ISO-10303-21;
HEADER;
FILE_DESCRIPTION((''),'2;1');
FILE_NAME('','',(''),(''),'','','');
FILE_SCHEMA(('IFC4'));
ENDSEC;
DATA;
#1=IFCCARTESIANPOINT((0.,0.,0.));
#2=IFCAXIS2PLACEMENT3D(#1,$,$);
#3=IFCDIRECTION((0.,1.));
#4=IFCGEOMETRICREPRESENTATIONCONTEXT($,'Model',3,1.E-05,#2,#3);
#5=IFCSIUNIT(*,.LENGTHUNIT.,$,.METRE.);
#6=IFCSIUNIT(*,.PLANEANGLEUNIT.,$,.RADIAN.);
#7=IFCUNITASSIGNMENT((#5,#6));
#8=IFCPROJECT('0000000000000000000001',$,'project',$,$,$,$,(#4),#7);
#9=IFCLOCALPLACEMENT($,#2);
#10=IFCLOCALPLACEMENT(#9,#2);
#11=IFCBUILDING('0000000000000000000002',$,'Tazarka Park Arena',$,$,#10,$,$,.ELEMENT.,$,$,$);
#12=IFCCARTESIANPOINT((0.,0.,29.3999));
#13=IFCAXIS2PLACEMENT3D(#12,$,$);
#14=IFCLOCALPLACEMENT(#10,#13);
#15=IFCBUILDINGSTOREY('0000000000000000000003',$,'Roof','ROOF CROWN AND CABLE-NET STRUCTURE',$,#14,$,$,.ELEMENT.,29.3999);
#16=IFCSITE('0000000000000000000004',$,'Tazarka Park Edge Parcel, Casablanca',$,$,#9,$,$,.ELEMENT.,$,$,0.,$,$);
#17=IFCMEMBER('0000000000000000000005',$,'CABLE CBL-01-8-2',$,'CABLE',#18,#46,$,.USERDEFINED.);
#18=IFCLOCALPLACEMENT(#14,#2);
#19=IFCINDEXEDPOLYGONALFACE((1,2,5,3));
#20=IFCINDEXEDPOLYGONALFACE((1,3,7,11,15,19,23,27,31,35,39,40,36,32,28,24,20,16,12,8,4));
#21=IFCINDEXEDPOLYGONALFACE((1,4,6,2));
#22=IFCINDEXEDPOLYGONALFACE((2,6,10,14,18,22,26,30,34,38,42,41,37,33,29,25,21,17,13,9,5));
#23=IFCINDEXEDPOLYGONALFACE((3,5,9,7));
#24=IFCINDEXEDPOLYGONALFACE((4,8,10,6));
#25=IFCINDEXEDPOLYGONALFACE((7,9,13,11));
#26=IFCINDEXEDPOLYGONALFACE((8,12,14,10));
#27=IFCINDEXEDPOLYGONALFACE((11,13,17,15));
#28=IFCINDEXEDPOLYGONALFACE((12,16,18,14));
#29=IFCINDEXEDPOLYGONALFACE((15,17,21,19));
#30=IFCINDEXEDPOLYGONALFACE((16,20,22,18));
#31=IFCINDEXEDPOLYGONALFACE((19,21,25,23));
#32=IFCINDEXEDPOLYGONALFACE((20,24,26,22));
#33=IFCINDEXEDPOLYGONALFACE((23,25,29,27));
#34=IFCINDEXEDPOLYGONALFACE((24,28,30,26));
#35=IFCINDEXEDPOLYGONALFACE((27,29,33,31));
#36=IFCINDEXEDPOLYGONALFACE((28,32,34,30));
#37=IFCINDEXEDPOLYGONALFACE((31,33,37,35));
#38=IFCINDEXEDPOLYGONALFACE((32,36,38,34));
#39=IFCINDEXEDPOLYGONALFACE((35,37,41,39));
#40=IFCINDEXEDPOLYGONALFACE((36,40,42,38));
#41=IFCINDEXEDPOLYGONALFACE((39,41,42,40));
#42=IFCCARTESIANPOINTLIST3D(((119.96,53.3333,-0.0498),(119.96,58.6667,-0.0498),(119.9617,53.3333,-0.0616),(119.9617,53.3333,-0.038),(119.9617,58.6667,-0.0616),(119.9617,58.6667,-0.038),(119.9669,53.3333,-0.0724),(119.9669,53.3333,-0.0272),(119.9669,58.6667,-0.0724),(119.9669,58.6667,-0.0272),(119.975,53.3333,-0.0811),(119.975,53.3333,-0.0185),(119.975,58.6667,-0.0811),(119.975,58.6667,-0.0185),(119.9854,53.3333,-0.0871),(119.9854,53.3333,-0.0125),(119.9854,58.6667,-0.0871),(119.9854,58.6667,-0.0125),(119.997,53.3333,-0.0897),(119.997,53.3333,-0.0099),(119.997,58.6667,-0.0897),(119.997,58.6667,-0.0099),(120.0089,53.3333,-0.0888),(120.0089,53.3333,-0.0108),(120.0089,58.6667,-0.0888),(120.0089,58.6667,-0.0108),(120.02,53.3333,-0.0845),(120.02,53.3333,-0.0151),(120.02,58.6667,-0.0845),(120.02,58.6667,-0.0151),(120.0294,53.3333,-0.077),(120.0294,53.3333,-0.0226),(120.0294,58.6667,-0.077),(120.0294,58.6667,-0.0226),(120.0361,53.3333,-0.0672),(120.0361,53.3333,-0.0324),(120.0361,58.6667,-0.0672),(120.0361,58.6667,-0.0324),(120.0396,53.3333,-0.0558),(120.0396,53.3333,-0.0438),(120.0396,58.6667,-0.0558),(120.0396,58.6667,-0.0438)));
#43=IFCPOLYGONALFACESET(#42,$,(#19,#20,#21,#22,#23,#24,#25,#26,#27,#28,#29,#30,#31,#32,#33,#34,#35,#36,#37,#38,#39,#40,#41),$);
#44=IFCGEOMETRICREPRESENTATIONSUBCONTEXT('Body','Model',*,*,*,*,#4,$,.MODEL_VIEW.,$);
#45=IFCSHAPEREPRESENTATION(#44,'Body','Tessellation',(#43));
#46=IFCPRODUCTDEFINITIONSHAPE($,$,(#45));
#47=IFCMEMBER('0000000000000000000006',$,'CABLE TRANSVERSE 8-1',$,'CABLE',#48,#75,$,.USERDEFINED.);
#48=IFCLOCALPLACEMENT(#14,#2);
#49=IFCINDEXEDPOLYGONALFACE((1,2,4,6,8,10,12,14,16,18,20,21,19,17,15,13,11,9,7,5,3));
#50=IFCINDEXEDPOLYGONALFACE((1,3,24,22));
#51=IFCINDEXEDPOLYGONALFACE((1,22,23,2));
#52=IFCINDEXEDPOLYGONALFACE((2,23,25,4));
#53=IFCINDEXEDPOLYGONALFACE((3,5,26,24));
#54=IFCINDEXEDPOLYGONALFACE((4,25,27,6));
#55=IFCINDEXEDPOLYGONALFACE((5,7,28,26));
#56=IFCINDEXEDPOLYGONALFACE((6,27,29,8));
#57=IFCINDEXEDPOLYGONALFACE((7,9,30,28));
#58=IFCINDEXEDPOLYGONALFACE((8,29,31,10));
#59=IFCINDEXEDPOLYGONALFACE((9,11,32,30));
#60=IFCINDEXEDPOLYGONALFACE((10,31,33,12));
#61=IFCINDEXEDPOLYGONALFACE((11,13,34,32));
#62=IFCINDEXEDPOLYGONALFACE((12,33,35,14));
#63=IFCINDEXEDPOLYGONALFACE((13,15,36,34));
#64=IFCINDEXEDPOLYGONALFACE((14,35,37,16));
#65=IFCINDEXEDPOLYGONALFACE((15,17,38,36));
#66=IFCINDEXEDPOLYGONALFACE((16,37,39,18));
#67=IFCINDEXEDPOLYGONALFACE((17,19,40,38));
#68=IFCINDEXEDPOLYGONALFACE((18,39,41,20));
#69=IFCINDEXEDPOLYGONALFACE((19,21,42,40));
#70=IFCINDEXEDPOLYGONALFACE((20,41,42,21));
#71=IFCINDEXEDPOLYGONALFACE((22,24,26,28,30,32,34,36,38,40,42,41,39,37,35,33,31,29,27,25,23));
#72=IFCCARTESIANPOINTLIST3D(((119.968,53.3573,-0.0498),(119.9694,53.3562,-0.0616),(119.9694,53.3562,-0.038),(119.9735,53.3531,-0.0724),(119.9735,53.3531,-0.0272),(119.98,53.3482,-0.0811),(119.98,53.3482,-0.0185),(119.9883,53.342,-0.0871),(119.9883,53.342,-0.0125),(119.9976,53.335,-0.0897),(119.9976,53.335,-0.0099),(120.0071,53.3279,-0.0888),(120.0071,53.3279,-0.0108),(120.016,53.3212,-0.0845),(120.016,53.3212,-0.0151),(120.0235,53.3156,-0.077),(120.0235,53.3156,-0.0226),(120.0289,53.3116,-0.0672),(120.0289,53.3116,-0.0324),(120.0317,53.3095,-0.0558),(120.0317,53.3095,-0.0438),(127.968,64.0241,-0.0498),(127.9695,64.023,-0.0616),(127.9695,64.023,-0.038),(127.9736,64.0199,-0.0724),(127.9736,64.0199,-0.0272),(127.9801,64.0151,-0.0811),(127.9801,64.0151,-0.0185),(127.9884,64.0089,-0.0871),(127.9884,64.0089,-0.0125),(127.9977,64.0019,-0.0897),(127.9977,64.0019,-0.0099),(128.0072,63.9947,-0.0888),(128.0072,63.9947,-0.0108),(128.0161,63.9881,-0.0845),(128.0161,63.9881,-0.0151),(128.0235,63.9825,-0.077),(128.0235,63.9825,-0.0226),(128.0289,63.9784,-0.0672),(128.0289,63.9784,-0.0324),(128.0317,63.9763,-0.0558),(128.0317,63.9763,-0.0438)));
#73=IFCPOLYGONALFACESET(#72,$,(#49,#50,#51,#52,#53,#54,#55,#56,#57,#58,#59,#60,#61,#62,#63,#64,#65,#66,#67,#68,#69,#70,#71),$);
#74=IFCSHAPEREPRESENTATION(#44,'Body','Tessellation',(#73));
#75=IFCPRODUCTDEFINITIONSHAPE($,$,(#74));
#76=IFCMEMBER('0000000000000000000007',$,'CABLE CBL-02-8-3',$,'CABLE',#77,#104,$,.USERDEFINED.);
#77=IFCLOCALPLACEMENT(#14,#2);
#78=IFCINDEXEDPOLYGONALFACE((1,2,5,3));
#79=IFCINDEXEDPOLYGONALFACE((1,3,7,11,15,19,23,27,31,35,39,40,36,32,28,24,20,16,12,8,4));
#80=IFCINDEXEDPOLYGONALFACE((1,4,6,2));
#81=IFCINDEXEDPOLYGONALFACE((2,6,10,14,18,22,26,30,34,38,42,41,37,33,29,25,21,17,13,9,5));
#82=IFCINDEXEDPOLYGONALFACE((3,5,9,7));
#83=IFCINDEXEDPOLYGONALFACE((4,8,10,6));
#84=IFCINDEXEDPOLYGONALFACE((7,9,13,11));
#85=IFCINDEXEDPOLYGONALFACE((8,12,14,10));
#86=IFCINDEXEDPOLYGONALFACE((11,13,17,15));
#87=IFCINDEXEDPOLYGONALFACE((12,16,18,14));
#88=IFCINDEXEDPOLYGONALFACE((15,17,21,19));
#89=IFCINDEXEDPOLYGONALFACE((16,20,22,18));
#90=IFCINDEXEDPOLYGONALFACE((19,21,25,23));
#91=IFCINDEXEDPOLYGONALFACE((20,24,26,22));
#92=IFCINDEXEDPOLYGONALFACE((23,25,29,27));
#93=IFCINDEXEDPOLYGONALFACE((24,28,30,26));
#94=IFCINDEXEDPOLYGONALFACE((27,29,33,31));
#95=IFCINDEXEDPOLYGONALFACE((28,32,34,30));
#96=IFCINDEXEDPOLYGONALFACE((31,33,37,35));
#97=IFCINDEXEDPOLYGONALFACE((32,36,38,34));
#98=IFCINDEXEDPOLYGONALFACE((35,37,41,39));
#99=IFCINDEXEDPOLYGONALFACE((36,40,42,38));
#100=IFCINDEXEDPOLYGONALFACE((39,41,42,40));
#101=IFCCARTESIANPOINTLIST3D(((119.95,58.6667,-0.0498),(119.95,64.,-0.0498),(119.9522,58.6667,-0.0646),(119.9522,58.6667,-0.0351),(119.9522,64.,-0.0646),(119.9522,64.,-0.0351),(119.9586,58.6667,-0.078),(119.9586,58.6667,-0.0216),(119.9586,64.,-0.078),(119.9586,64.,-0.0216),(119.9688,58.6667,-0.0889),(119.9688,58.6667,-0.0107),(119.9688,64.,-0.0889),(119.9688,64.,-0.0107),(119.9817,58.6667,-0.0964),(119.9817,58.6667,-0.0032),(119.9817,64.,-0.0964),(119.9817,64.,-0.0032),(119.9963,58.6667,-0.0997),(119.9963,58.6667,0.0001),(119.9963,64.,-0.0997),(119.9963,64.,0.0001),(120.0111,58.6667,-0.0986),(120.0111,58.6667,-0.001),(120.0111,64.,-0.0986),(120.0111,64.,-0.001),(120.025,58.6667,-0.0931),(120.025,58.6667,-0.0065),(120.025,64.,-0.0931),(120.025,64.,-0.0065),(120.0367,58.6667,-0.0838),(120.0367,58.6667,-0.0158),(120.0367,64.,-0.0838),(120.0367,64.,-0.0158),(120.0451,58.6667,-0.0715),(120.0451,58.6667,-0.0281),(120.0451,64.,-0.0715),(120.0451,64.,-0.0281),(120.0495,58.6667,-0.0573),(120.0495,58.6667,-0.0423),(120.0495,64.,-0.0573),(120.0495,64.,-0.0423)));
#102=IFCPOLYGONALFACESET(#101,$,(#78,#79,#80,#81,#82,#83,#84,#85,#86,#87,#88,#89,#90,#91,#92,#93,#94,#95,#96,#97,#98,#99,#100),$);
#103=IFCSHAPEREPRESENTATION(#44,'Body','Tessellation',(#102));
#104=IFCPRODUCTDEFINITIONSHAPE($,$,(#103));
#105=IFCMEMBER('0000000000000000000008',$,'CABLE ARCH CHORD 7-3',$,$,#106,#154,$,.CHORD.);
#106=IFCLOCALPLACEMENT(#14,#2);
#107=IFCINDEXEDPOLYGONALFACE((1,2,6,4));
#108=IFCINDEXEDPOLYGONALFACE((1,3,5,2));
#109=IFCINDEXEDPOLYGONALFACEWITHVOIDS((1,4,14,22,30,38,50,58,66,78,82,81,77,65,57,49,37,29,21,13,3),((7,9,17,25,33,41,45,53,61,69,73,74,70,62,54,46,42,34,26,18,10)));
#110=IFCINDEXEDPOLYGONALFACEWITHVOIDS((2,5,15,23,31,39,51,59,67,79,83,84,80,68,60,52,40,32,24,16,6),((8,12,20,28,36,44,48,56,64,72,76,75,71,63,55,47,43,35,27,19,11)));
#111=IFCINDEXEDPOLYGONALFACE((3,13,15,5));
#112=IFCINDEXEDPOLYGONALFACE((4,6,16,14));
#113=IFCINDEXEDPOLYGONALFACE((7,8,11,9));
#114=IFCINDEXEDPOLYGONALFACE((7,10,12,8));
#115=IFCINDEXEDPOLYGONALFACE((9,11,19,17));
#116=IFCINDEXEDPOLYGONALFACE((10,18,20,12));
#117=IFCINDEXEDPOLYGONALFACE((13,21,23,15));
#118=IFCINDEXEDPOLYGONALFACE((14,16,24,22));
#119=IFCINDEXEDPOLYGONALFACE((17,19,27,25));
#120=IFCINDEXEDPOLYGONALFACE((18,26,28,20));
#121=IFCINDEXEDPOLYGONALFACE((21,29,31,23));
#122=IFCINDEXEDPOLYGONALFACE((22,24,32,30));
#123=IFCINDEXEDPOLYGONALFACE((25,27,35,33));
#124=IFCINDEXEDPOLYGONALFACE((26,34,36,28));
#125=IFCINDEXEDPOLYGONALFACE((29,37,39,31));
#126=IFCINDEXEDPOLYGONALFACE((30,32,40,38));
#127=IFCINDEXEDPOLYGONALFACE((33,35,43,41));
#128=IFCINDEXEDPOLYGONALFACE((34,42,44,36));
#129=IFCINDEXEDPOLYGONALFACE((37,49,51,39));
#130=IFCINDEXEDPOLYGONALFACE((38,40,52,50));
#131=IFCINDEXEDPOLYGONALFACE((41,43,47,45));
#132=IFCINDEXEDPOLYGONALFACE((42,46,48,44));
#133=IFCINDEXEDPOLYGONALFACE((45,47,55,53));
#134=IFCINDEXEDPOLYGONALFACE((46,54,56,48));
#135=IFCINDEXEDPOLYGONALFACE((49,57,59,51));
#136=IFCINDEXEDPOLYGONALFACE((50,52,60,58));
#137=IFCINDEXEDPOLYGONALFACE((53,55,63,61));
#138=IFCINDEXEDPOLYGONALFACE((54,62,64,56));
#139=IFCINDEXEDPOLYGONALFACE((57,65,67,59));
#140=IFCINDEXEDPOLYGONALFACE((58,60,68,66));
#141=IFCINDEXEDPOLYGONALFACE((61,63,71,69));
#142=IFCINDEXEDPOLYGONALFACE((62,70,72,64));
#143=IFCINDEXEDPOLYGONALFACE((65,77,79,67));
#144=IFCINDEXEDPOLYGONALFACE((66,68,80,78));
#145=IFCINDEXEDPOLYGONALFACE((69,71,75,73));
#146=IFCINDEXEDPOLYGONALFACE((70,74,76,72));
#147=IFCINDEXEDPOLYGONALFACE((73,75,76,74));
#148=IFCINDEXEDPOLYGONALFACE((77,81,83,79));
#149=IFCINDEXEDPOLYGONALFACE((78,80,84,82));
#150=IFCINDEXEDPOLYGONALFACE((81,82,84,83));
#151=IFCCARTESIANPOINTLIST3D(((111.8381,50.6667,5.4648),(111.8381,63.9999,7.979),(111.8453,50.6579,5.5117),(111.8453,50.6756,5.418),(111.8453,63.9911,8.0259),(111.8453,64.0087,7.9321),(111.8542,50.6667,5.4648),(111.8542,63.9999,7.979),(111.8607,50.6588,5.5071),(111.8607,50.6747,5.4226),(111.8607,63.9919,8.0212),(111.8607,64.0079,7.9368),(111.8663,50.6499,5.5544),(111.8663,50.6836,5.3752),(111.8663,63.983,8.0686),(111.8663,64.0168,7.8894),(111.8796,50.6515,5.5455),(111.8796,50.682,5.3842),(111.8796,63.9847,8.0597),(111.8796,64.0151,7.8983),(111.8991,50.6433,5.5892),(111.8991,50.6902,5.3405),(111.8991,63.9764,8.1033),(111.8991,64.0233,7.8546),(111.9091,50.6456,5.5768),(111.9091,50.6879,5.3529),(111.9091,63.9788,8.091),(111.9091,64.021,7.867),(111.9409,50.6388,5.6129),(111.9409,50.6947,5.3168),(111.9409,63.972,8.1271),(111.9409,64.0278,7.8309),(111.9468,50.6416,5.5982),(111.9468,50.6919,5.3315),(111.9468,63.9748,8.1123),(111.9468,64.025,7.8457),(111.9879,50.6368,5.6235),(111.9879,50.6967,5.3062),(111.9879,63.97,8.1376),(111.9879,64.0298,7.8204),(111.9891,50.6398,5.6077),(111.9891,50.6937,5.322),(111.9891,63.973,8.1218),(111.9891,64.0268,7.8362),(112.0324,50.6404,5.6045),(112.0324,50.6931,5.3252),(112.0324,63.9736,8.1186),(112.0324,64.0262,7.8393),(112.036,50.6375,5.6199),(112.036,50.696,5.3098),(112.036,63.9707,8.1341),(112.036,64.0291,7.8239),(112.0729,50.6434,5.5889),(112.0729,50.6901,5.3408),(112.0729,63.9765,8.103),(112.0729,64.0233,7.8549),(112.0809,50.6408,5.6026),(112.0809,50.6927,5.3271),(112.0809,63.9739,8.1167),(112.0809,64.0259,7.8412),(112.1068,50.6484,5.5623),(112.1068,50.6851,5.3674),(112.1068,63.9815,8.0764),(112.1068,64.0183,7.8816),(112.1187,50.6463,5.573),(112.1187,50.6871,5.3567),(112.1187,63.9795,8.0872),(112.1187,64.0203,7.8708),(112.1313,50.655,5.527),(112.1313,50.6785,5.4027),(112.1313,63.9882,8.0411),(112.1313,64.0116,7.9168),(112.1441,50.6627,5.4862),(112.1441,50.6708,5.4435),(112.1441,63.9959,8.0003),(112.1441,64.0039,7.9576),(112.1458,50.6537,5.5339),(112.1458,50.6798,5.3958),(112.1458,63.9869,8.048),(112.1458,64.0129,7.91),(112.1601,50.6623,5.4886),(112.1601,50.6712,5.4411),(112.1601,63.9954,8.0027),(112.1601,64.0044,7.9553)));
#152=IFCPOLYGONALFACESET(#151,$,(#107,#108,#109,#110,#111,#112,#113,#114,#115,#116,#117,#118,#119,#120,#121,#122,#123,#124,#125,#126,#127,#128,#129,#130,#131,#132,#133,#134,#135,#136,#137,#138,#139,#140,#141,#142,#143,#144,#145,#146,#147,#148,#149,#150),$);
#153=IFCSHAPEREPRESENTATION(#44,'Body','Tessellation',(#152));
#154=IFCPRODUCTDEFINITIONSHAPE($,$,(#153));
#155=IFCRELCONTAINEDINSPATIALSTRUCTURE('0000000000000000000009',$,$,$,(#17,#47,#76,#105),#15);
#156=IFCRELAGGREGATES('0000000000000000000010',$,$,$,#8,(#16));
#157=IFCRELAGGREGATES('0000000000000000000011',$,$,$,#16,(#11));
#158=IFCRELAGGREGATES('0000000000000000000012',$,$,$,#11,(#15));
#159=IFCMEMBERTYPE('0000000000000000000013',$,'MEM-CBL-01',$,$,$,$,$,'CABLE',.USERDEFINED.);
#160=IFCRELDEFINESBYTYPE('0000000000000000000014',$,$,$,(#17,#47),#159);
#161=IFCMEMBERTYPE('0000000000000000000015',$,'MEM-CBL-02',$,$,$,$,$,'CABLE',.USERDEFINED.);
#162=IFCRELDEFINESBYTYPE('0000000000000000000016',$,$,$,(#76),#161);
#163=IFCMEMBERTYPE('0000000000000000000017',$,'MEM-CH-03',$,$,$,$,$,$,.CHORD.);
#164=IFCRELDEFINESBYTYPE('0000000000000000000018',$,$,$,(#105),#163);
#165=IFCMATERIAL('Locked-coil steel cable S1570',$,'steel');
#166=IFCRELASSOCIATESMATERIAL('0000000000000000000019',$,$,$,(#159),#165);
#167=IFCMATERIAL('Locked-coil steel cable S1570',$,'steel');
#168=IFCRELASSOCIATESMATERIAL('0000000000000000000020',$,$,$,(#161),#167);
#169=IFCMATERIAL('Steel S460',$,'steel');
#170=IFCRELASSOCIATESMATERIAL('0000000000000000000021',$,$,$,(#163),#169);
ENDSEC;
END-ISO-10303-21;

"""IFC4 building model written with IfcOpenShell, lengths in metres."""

from ifc_helpers import new_model, si_unit, direction, frame, origin, origin_2d, place, context, subcontext, project, spatial, circle, hollow_circle, extrude, material, material_profile, profile_set, type_object, element, save


model = new_model("IFC4")

# Units and contexts
model_context = context("Model", 3, precision=1e-05, world=origin(), true_north=direction((0.0, 1.0)))
body_context = subcontext(model_context, "Body", "Model", "MODEL_VIEW")
ifc_project = project(units=[si_unit("LENGTHUNIT", "METRE"), si_unit("PLANEANGLEUNIT", "RADIAN")], contexts=[model_context])

# Site, building, storey
site_placement = place(None, origin())
site = spatial("IfcSite", under=ifc_project, at=site_placement, Name="Tazarka Park Edge Parcel, Casablanca", CompositionType="ELEMENT", RefElevation=0.0)
building_placement = place(site_placement, origin())
building = spatial("IfcBuilding", under=site, at=building_placement, Name="Tazarka Park Arena", CompositionType="ELEMENT")
storey_placement = place(building_placement, frame((0.0, 0.0, 29.3999)))
storey = spatial("IfcBuildingStorey", under=building, at=storey_placement, Name="Roof", Description="ROOF CROWN AND CABLE-NET STRUCTURE", CompositionType="ELEMENT", Elevation=29.3999)

# Members
ifc_material_1 = material(Name="Locked-coil steel cable S1570", Category="steel")
ifc_material_profile_1 = material_profile(ifc_material_1, circle(Radius=0.04, at=origin_2d()), Name="Locked-coil steel cable S1570")
ifc_profile_set_1 = profile_set([ifc_material_profile_1], Name="Locked-coil steel cable S1570")
member_type_1 = type_object("IfcMemberType", Name="MEM-CBL-01", ElementType="CABLE", PredefinedType="USERDEFINED", material=ifc_profile_set_1)
member_1_placement = place(storey_placement, frame((120.0, 53.3333, -0.0498), z_axis=(0.0, 1.0, 0.0), x_axis=(-1.0, 0.0, 0.0)))
element("IfcMember", 1, at=member_1_placement, inside=storey, type_object=member_type_1, Name="CABLE CBL-01-8-2", ObjectType="CABLE", PredefinedType="USERDEFINED", context=body_context, shape_type="SweptSolid", body=[
    extrude(circle(Radius=0.04, at=origin_2d()), origin(), (0.0, 0.0, 1.0), 5.3335),
])
member_2_placement = place(storey_placement, frame((120.0, 53.3333, -0.0498), z_axis=(0.599997, 0.800002, 0.0), x_axis=(-0.800002, 0.599997, 0.0)))
element("IfcMember", 2, at=member_2_placement, inside=storey, type_object=member_type_1, Name="CABLE TRANSVERSE 8-1", ObjectType="CABLE", PredefinedType="USERDEFINED", context=body_context, shape_type="SweptSolid", body=[
    extrude(circle(Radius=0.04, at=origin_2d()), origin(), (0.0, 0.0, 1.0), 13.3335),
])
ifc_material_2 = material(Name="Locked-coil steel cable S1570", Category="steel")
ifc_material_profile_2 = material_profile(ifc_material_2, circle(Radius=0.05, at=origin_2d()), Name="Locked-coil steel cable S1570")
ifc_profile_set_2 = profile_set([ifc_material_profile_2], Name="Locked-coil steel cable S1570")
member_type_2 = type_object("IfcMemberType", Name="MEM-CBL-02", ElementType="CABLE", PredefinedType="USERDEFINED", material=ifc_profile_set_2)
member_3_placement = place(storey_placement, frame((120.0, 58.6667, -0.0498), z_axis=(0.0, 1.0, 0.0), x_axis=(-1.0, 0.0, 0.0)))
element("IfcMember", 3, at=member_3_placement, inside=storey, type_object=member_type_2, Name="CABLE CBL-02-8-3", ObjectType="CABLE", PredefinedType="USERDEFINED", context=body_context, shape_type="SweptSolid", body=[
    extrude(circle(Radius=0.05, at=origin_2d()), origin(), (0.0, 0.0, 1.0), 5.3333),
])
ifc_material_3 = material(Name="Steel S460", Category="steel")
ifc_material_profile_3 = material_profile(ifc_material_3, hollow_circle(Radius=0.1619, WallThickness=0.0161, at=origin_2d()), Name="Steel S460")
ifc_profile_set_3 = profile_set([ifc_material_profile_3], Name="Steel S460")
member_type_3 = type_object("IfcMemberType", Name="MEM-CH-03", PredefinedType="CHORD", material=ifc_profile_set_3)
member_4_placement = place(storey_placement, frame((112.0, 50.6667, 5.4648), z_axis=(0.0, 0.982682, 0.185298), x_axis=(-1.0, 0.0, 0.0)))
element("IfcMember", 4, at=member_4_placement, inside=storey, type_object=member_type_3, Name="CABLE ARCH CHORD 7-3", PredefinedType="CHORD", context=body_context, shape_type="SweptSolid", body=[
    extrude(hollow_circle(Radius=0.1619, WallThickness=0.0161, at=origin_2d()), origin(), (0.0, 0.0, 1.0), 13.5681),
])

save(model, "model.ifc")
